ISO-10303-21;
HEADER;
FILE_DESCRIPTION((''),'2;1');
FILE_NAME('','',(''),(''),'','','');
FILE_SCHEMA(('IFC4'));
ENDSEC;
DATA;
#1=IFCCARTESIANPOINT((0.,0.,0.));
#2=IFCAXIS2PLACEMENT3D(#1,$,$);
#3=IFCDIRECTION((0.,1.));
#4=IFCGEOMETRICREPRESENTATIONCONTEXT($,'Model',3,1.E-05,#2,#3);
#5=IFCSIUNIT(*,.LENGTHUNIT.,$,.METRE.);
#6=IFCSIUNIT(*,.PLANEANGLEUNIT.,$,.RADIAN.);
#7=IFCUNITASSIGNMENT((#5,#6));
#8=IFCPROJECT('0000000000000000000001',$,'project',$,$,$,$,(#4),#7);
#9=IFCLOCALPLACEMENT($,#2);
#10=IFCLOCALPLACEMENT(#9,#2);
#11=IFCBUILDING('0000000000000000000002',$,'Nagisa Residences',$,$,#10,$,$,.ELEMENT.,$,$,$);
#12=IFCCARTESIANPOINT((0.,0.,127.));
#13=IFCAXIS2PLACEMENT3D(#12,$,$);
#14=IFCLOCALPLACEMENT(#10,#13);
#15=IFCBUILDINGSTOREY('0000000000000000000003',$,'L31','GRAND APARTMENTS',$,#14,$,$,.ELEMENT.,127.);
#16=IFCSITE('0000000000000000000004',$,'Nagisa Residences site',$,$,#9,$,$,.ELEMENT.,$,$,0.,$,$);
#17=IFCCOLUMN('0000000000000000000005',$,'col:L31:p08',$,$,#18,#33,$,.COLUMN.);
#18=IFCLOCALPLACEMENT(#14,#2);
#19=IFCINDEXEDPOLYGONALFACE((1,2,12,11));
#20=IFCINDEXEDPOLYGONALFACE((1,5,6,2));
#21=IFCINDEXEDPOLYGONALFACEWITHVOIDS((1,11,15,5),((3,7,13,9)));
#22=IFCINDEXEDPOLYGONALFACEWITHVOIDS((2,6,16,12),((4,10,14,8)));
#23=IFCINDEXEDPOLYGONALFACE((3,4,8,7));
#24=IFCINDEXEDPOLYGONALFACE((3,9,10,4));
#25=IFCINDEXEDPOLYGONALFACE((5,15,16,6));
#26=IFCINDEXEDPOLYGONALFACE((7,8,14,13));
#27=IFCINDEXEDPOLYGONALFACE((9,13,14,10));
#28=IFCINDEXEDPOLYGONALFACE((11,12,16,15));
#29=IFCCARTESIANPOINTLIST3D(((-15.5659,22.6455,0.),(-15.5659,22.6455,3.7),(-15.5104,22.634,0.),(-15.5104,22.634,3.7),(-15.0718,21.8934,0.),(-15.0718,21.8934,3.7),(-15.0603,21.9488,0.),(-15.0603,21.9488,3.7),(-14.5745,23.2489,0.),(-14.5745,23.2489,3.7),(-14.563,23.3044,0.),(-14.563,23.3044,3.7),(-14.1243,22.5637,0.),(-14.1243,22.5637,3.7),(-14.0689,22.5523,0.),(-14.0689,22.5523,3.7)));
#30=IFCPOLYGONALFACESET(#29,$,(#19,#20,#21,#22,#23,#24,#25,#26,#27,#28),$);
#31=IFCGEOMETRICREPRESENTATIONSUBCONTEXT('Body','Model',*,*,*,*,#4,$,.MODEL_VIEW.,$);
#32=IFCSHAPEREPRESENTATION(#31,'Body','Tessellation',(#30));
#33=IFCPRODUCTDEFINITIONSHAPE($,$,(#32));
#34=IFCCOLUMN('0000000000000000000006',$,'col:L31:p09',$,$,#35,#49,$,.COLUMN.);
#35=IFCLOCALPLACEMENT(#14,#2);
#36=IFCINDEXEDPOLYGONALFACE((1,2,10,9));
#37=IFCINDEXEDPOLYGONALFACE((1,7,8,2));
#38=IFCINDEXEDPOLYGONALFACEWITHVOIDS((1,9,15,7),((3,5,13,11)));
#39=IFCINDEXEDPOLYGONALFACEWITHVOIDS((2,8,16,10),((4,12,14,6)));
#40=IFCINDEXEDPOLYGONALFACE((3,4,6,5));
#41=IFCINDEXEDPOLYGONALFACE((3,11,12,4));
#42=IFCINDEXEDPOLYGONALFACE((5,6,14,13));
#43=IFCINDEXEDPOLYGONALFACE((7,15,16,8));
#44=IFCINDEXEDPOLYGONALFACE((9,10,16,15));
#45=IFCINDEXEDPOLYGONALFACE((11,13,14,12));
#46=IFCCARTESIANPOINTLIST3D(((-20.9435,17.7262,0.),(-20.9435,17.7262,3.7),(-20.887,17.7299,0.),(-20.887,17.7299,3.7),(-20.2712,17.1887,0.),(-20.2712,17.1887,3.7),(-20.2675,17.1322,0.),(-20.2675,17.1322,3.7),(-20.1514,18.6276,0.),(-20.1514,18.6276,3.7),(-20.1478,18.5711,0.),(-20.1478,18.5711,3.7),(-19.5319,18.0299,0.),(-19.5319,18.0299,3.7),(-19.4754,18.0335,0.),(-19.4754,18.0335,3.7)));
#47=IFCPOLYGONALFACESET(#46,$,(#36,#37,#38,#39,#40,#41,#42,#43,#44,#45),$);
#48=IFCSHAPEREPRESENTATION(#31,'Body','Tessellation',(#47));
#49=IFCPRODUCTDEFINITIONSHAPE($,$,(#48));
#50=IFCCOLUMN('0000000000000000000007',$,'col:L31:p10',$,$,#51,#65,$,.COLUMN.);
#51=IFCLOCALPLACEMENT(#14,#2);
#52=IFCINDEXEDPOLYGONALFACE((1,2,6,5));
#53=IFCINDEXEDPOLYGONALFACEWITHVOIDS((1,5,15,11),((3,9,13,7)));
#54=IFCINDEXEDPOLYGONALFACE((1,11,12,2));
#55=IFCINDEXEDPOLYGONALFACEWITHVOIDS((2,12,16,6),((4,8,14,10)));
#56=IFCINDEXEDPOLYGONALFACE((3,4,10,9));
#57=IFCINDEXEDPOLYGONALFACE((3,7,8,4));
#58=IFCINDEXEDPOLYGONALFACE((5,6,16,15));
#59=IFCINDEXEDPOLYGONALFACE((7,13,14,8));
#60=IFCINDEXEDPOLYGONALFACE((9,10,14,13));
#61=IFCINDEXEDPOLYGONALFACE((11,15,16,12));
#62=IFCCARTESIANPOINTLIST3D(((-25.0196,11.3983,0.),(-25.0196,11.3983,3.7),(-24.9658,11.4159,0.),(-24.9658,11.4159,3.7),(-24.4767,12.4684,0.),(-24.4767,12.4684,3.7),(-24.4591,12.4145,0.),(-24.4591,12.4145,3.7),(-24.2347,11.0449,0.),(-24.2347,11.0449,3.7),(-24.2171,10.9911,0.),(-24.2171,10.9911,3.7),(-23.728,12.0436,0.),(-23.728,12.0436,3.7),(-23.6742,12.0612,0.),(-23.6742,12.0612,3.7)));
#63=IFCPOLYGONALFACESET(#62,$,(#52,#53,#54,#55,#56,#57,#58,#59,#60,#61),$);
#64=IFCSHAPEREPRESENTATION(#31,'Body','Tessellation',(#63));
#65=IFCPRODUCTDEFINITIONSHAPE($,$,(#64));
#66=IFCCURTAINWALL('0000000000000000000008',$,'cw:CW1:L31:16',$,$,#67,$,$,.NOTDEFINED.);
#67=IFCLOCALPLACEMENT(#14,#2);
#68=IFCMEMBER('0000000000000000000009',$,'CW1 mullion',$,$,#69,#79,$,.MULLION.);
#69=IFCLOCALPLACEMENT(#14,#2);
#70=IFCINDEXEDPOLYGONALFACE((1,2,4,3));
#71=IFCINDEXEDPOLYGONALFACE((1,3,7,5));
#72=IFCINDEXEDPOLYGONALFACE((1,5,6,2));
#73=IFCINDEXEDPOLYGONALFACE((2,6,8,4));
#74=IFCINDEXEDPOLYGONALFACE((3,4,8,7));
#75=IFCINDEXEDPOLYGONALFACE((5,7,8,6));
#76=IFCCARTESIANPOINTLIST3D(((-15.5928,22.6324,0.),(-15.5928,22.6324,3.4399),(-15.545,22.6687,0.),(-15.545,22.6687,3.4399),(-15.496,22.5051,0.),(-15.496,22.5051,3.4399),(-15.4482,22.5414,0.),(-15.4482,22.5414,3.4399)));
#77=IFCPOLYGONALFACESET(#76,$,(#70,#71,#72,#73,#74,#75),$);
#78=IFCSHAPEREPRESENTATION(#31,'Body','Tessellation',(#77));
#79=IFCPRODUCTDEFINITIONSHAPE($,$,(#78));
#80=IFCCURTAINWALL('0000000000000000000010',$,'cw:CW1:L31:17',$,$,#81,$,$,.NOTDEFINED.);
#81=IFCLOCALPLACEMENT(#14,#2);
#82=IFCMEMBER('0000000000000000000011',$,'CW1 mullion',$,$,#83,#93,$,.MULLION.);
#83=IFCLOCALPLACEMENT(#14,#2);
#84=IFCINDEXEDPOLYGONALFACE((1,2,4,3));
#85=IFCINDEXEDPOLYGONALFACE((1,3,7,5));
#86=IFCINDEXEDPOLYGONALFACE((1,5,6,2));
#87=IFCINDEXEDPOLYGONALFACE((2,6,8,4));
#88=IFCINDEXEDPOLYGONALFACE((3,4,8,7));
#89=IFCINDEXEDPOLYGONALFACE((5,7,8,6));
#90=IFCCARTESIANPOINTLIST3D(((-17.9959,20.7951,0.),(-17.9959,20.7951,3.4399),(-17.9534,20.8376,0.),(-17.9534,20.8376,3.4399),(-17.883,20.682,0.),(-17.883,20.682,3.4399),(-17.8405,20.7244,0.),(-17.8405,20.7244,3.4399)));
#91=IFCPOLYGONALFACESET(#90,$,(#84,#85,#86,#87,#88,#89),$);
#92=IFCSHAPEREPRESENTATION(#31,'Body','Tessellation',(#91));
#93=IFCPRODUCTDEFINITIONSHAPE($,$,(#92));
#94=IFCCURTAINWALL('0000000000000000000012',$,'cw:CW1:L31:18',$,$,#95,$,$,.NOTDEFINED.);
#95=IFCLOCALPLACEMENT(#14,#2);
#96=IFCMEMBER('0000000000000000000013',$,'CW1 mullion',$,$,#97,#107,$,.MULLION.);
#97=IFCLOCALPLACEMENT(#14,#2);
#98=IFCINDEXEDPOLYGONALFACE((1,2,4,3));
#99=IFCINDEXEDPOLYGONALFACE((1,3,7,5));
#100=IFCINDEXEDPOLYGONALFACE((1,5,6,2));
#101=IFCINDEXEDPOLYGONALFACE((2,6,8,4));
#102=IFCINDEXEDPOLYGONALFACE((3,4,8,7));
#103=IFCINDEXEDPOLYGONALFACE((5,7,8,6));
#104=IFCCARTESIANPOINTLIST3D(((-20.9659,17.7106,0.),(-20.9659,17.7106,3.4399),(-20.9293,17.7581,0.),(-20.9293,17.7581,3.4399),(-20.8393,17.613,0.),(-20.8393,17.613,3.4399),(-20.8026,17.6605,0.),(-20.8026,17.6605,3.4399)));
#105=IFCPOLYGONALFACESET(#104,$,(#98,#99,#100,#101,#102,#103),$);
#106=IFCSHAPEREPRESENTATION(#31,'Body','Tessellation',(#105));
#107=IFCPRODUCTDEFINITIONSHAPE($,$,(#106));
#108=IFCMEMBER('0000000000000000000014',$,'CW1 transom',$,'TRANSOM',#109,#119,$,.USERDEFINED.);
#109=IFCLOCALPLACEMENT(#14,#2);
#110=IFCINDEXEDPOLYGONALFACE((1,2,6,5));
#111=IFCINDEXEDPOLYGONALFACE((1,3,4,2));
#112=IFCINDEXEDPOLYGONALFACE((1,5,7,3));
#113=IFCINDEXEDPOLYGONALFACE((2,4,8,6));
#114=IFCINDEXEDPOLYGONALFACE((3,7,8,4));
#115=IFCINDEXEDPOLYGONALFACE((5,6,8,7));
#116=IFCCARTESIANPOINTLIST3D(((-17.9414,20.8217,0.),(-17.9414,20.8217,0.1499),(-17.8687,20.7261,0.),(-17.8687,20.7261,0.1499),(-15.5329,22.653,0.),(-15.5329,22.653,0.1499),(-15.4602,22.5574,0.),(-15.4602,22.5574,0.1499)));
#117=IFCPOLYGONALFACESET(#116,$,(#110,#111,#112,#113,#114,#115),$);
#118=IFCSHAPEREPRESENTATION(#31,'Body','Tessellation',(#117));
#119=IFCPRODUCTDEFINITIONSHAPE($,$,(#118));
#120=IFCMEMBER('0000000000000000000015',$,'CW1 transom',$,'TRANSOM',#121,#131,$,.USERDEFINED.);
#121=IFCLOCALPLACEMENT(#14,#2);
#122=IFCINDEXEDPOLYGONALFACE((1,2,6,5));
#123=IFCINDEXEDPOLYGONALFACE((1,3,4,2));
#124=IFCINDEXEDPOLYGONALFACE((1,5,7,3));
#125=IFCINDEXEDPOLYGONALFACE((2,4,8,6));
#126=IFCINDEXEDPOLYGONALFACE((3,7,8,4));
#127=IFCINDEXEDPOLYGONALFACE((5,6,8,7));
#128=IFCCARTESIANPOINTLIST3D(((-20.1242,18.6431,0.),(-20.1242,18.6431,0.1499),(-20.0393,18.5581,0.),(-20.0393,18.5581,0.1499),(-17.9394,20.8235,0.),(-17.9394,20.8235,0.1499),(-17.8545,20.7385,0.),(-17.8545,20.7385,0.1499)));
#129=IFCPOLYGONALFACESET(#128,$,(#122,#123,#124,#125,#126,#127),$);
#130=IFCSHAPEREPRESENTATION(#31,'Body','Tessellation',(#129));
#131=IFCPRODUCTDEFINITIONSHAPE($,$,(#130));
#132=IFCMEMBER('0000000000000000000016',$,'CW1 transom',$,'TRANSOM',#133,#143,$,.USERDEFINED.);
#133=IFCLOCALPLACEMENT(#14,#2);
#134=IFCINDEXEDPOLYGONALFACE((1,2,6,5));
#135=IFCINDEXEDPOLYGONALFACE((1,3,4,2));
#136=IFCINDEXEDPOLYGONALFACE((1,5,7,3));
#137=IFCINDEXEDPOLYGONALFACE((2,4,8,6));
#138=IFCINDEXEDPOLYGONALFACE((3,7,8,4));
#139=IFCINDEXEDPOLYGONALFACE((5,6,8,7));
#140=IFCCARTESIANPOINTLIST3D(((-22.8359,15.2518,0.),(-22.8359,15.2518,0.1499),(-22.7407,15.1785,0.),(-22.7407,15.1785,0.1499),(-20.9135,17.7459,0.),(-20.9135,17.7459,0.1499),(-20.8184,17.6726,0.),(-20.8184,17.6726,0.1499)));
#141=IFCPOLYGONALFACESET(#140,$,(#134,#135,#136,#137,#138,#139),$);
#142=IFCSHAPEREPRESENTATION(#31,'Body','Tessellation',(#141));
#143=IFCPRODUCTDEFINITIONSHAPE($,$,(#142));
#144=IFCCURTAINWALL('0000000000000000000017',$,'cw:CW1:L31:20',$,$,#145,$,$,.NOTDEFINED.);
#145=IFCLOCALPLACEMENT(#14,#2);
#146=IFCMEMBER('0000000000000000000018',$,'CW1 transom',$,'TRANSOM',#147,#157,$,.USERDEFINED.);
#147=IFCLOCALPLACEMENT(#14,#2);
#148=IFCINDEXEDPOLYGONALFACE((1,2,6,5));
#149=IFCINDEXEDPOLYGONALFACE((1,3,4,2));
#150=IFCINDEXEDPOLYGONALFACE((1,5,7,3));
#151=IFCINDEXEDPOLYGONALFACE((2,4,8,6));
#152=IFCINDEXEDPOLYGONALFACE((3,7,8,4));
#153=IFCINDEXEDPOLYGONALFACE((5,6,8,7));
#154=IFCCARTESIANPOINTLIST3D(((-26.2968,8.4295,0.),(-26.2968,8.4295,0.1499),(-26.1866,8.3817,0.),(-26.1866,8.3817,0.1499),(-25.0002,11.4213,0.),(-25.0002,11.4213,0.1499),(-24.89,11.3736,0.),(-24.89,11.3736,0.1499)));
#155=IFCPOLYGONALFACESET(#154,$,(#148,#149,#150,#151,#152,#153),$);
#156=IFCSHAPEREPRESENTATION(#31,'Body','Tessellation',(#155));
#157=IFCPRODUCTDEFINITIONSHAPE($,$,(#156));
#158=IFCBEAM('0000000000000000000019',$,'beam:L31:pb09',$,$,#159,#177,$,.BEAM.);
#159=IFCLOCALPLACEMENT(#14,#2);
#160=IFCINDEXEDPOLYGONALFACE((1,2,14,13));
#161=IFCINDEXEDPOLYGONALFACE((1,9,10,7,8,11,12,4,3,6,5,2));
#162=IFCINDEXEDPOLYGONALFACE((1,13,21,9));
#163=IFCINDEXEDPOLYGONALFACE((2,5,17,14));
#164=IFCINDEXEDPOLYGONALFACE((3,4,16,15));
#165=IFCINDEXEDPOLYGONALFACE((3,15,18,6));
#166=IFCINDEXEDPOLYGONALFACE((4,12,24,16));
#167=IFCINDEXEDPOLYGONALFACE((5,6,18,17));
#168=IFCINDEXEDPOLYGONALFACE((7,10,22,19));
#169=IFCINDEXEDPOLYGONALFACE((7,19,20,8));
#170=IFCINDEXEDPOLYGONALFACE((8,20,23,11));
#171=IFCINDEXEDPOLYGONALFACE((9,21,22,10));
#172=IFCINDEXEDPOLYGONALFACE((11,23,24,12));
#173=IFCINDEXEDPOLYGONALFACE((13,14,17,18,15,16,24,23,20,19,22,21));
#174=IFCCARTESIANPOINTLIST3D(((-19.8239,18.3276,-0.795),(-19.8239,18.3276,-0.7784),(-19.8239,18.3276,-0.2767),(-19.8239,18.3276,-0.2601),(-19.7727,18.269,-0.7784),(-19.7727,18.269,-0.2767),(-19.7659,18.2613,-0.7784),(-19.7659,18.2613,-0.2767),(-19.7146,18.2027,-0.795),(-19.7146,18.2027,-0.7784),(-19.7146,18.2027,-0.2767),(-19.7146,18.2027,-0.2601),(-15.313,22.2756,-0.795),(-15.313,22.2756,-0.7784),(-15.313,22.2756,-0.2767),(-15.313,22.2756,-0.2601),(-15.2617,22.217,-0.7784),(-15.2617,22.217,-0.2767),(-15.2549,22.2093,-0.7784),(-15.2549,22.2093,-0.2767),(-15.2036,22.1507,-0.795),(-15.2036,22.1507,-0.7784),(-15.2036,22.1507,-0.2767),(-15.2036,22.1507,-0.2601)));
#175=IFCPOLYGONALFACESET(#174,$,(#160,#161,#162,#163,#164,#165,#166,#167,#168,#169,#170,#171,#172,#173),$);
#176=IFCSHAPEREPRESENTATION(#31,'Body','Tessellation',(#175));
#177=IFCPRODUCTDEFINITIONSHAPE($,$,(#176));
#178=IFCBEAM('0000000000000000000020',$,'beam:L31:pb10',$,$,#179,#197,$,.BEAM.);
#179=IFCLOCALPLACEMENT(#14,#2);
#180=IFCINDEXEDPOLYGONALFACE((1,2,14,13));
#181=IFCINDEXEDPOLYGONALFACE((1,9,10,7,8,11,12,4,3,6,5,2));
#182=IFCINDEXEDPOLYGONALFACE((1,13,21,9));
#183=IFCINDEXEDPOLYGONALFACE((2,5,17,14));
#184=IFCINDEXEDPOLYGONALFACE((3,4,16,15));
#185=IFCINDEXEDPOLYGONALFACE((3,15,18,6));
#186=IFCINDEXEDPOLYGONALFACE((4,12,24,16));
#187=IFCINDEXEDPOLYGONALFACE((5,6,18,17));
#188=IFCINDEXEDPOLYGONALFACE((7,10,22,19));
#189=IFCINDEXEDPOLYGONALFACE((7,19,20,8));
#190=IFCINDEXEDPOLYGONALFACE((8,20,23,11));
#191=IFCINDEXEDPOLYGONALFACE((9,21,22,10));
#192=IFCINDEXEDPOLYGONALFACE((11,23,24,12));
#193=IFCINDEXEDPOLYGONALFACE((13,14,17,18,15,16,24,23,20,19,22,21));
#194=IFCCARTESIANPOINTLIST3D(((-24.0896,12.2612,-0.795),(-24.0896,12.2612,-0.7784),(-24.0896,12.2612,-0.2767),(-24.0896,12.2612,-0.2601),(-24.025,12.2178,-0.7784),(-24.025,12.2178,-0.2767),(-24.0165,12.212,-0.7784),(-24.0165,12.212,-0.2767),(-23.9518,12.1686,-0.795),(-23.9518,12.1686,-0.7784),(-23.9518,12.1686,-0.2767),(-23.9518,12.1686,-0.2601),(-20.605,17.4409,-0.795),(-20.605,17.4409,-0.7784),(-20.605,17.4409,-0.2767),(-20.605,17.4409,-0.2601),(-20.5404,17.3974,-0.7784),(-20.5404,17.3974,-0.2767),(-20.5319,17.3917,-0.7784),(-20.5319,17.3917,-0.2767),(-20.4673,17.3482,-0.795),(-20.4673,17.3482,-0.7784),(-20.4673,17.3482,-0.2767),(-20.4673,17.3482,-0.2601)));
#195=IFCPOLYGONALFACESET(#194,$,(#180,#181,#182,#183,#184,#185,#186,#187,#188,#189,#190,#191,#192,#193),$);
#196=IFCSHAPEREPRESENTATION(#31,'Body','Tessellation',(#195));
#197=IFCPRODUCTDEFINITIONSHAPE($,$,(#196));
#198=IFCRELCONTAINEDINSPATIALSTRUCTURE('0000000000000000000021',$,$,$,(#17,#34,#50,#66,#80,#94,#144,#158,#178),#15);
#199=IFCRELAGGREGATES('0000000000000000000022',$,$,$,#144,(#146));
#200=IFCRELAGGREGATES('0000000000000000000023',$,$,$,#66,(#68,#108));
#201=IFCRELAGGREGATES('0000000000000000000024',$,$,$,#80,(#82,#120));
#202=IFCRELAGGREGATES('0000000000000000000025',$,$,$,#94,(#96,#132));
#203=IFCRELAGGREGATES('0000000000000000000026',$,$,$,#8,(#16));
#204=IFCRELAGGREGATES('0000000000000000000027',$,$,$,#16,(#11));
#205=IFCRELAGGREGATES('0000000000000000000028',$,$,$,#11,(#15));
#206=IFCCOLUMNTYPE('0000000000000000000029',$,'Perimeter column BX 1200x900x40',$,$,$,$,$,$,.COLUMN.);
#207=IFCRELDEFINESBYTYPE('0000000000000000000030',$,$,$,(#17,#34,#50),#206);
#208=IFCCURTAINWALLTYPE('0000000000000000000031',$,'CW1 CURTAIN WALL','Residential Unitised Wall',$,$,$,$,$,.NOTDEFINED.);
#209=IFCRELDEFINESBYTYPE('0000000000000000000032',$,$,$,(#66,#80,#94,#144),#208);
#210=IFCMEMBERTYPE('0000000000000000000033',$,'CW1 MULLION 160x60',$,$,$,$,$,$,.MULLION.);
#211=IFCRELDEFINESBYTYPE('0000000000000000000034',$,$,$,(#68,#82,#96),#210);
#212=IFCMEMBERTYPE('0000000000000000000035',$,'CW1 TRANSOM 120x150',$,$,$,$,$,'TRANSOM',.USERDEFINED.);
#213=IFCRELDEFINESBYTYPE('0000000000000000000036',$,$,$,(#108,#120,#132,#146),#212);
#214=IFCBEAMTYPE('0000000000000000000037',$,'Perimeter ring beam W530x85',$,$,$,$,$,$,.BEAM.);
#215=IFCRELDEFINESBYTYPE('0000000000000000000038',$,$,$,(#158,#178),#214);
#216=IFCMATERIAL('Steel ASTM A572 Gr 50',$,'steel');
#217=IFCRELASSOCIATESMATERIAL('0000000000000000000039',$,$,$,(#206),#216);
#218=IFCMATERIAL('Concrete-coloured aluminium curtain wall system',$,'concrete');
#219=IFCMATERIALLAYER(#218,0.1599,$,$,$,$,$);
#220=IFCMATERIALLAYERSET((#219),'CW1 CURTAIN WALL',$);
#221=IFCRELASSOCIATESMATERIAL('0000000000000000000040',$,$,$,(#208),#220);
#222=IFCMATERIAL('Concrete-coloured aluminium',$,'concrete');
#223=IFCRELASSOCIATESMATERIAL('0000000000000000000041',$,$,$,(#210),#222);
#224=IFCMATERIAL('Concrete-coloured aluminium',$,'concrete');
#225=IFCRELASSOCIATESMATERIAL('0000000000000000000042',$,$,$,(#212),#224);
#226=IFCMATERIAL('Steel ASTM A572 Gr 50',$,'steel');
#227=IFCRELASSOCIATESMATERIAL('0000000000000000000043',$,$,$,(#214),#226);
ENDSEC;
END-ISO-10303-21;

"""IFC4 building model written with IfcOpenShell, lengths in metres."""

from ifc_helpers import new_model, si_unit, direction, frame, origin, origin_2d, place, context, subcontext, project, spatial, rectangle, hollow_rectangle, i_section, extrude, material, layer, layer_set, material_profile, profile_set, type_object, element, aggregate, save


model = new_model("IFC4")

# Units and contexts
model_context = context("Model", 3, precision=1e-05, world=origin(), true_north=direction((0.0, 1.0)))
body_context = subcontext(model_context, "Body", "Model", "MODEL_VIEW")
ifc_project = project(units=[si_unit("LENGTHUNIT", "METRE"), si_unit("PLANEANGLEUNIT", "RADIAN")], contexts=[model_context])

# Site, building, storey
site_placement = place(None, origin())
site = spatial("IfcSite", under=ifc_project, at=site_placement, Name="Nagisa Residences site", CompositionType="ELEMENT", RefElevation=0.0)
building_placement = place(site_placement, origin())
building = spatial("IfcBuilding", under=site, at=building_placement, Name="Nagisa Residences", CompositionType="ELEMENT")
storey_placement = place(building_placement, frame((0.0, 0.0, 127.0)))
storey = spatial("IfcBuildingStorey", under=building, at=storey_placement, Name="L31", Description="GRAND APARTMENTS", CompositionType="ELEMENT", Elevation=127.0)

# Columns
ifc_material_1 = material(Name="Steel ASTM A572 Gr 50", Category="steel")
ifc_material_profile_1 = material_profile(ifc_material_1, hollow_rectangle(XDim=1.2, YDim=0.8999, WallThickness=0.04, at=origin_2d()), Name="BX 1200x900x40")
ifc_profile_set_1 = profile_set([ifc_material_profile_1], Name="Steel ASTM A572 Gr 50")
column_type = type_object("IfcColumnType", Name="Perimeter column BX 1200x900x40", PredefinedType="COLUMN", material=ifc_profile_set_1)
for number, where, z_axis, x_axis, name in (
    (1, (-14.8174, 22.5989, 0.0), (0.0, 0.0, 1.0), (-0.835766, -0.549086, 0.0), "col:L31:p08"),
    (2, (-20.2095, 17.8799, 0.0), (0.0, 0.0, 1.0), (-0.660115, -0.751165, 0.0), "col:L31:p09"),
    (3, (-24.3469, 11.7297, 0.0), (0.0, 0.0, 1.0), (-0.452463, -0.891783, 0.0), "col:L31:p10"),
):
    element("IfcColumn", number, at=place(storey_placement, frame(where, z_axis=z_axis, x_axis=x_axis)), inside=storey, type_object=column_type, Name=name, PredefinedType="COLUMN", context=body_context, shape_type="SweptSolid", body=[
        extrude(hollow_rectangle(XDim=1.2, YDim=0.8999, WallThickness=0.04, at=origin_2d()), origin(), (0.0, 0.0, 1.0), 3.7),
    ])

# Curtain walls, members
ifc_material_2 = material(Name="Concrete-coloured aluminium curtain wall system", Category="concrete")
ifc_layer_1 = layer(ifc_material_2, 0.1599)
ifc_layer_set_1 = layer_set([ifc_layer_1], Name="CW1 CURTAIN WALL")
curtain_wall_type = type_object("IfcCurtainWallType", Name="CW1 CURTAIN WALL", Description="Residential Unitised Wall", PredefinedType="NOTDEFINED", material=ifc_layer_set_1)
curtain_wall_1_placement = place(storey_placement, origin())
curtain_wall_1 = element("IfcCurtainWall", 4, at=curtain_wall_1_placement, inside=storey, type_object=curtain_wall_type, Name="cw:CW1:L31:16", PredefinedType="NOTDEFINED")
ifc_material_3 = material(Name="Concrete-coloured aluminium", Category="concrete")
ifc_material_profile_2 = material_profile(ifc_material_3, rectangle(XDim=0.1599, YDim=0.0601, at=origin_2d()), Name="CW1 MULLION 160x60")
ifc_profile_set_2 = profile_set([ifc_material_profile_2], Name="Concrete-coloured aluminium")
member_type_1 = type_object("IfcMemberType", Name="CW1 MULLION 160x60", PredefinedType="MULLION", material=ifc_profile_set_2)
member_1_placement = place(storey_placement, frame((-15.5205, 22.5869, 0.0), z_axis=(0.0, 0.0, 1.0), x_axis=(0.605255, -0.796031, 0.0)))
member_1 = element("IfcMember", 5, at=member_1_placement, type_object=member_type_1, Name="CW1 mullion", PredefinedType="MULLION", context=body_context, shape_type="SweptSolid", body=[
    extrude(rectangle(XDim=0.1599, YDim=0.0601, at=origin_2d()), origin(), (0.0, 0.0, 1.0), 3.4399),
])
curtain_wall_2_placement = place(storey_placement, origin())
curtain_wall_2 = element("IfcCurtainWall", 6, at=curtain_wall_2_placement, inside=storey, type_object=curtain_wall_type, Name="cw:CW1:L31:17", PredefinedType="NOTDEFINED")
member_2_placement = place(storey_placement, frame((-17.9182, 20.7598, 0.0), z_axis=(0.0, 0.0, 1.0), x_axis=(0.706377, -0.707836, 0.0)))
member_2 = element("IfcMember", 7, at=member_2_placement, type_object=member_type_1, Name="CW1 mullion", PredefinedType="MULLION", context=body_context, shape_type="SweptSolid", body=[
    extrude(rectangle(XDim=0.1599, YDim=0.0601, at=origin_2d()), origin(), (0.0, 0.0, 1.0), 3.4399),
])
curtain_wall_3_placement = place(storey_placement, origin())
curtain_wall_3 = element("IfcCurtainWall", 8, at=curtain_wall_3_placement, inside=storey, type_object=curtain_wall_type, Name="cw:CW1:L31:18", PredefinedType="NOTDEFINED")
member_3_placement = place(storey_placement, frame((-20.8843, 17.6855, 0.0), z_axis=(0.0, 0.0, 1.0), x_axis=(0.79207, -0.61043, 0.0)))
member_3 = element("IfcMember", 9, at=member_3_placement, type_object=member_type_1, Name="CW1 mullion", PredefinedType="MULLION", context=body_context, shape_type="SweptSolid", body=[
    extrude(rectangle(XDim=0.1599, YDim=0.0601, at=origin_2d()), origin(), (0.0, 0.0, 1.0), 3.4399),
])

# Members
ifc_material_4 = material(Name="Concrete-coloured aluminium", Category="concrete")
ifc_material_profile_3 = material_profile(ifc_material_4, rectangle(XDim=0.1201, YDim=0.1499, at=origin_2d()), Name="CW1 TRANSOM 120x150")
ifc_profile_set_3 = profile_set([ifc_material_profile_3], Name="Concrete-coloured aluminium")
member_type_2 = type_object("IfcMemberType", Name="CW1 TRANSOM 120x150", ElementType="TRANSOM", PredefinedType="USERDEFINED", material=ifc_profile_set_3)
member_4_placement = place(storey_placement, frame((-15.4966, 22.6052, 0.075), z_axis=(-0.796022, -0.605267, 0.0), x_axis=(0.605267, -0.796022, 0.0)))
member_4 = element("IfcMember", 10, at=member_4_placement, type_object=member_type_2, Name="CW1 transom", ObjectType="TRANSOM", PredefinedType="USERDEFINED", context=body_context, shape_type="SweptSolid", body=[
    extrude(rectangle(XDim=0.1201, YDim=0.1499, at=origin_2d()), origin(), (0.0, 0.0, 1.0), 3.0256),
])
member_5_placement = place(storey_placement, frame((-17.897, 20.781, 0.075), z_axis=(-0.707818, -0.706395, 0.0), x_axis=(0.706395, -0.707818, 0.0)))
member_5 = element("IfcMember", 11, at=member_5_placement, type_object=member_type_2, Name="CW1 transom", ObjectType="TRANSOM", PredefinedType="USERDEFINED", context=body_context, shape_type="SweptSolid", body=[
    extrude(rectangle(XDim=0.1201, YDim=0.1499, at=origin_2d()), origin(), (0.0, 0.0, 1.0), 3.0867),
])
member_6_placement = place(storey_placement, frame((-20.866, 17.7092, 0.075), z_axis=(-0.610467, -0.792041, 0.0), x_axis=(0.792041, -0.610467, 0.0)))
member_6 = element("IfcMember", 12, at=member_6_placement, type_object=member_type_2, Name="CW1 transom", ObjectType="TRANSOM", PredefinedType="USERDEFINED", context=body_context, shape_type="SweptSolid", body=[
    extrude(rectangle(XDim=0.1201, YDim=0.1499, at=origin_2d()), origin(), (0.0, 0.0, 1.0), 3.1489),
])

# Curtain wall, member
curtain_wall_4_placement = place(storey_placement, origin())
curtain_wall_4 = element("IfcCurtainWall", 13, at=curtain_wall_4_placement, inside=storey, type_object=curtain_wall_type, Name="cw:CW1:L31:20", PredefinedType="NOTDEFINED")
member_7_placement = place(storey_placement, frame((-24.9451, 11.3975, 0.075), z_axis=(-0.397639, -0.917542, 0.0), x_axis=(0.917542, -0.397639, 0.0)))
member_7 = element("IfcMember", 14, at=member_7_placement, type_object=member_type_2, Name="CW1 transom", ObjectType="TRANSOM", PredefinedType="USERDEFINED", context=body_context, shape_type="SweptSolid", body=[
    extrude(rectangle(XDim=0.1201, YDim=0.1499, at=origin_2d()), origin(), (0.0, 0.0, 1.0), 3.2607),
])
aggregate(curtain_wall_4, [member_7])

# Beams
ifc_material_5 = material(Name="Steel ASTM A572 Gr 50", Category="steel")
ifc_material_profile_4 = material_profile(ifc_material_5, i_section(OverallWidth=0.166, OverallDepth=0.5349, WebThickness=0.0103, FlangeThickness=0.0166, at=origin_2d()), Name="W530x85")
ifc_profile_set_4 = profile_set([ifc_material_profile_4], Name="Steel ASTM A572 Gr 50")
beam_type_1 = type_object("IfcBeamType", Name="Perimeter ring beam W530x85", PredefinedType="BEAM", material=ifc_profile_set_4)
beam_1_placement = place(storey_placement, frame((-15.2583, 22.2131, -0.5276), z_axis=(-0.752504, -0.658588, 0.0), x_axis=(0.658588, -0.752504, 0.0)))
element("IfcBeam", 15, at=beam_1_placement, inside=storey, type_object=beam_type_1, Name="beam:L31:pb09", PredefinedType="BEAM", context=body_context, shape_type="SweptSolid", body=[
    extrude(i_section(OverallWidth=0.166, OverallDepth=0.5349, WebThickness=0.0103, FlangeThickness=0.0166, at=origin_2d()), origin(), (0.0, 0.0, 1.0), 5.9946),
])
beam_2_placement = place(storey_placement, frame((-20.5361, 17.3945, -0.5276), z_axis=(-0.558188, -0.829715, 0.0), x_axis=(0.829715, -0.558188, 0.0)))
element("IfcBeam", 16, at=beam_2_placement, inside=storey, type_object=beam_type_1, Name="beam:L31:pb10", PredefinedType="BEAM", context=body_context, shape_type="SweptSolid", body=[
    extrude(i_section(OverallWidth=0.166, OverallDepth=0.5349, WebThickness=0.0103, FlangeThickness=0.0166, at=origin_2d()), origin(), (0.0, 0.0, 1.0), 6.2427),
])

aggregate(curtain_wall_1, [member_1, member_4])
aggregate(curtain_wall_2, [member_2, member_5])
aggregate(curtain_wall_3, [member_3, member_6])

save(model, "model.ifc")
